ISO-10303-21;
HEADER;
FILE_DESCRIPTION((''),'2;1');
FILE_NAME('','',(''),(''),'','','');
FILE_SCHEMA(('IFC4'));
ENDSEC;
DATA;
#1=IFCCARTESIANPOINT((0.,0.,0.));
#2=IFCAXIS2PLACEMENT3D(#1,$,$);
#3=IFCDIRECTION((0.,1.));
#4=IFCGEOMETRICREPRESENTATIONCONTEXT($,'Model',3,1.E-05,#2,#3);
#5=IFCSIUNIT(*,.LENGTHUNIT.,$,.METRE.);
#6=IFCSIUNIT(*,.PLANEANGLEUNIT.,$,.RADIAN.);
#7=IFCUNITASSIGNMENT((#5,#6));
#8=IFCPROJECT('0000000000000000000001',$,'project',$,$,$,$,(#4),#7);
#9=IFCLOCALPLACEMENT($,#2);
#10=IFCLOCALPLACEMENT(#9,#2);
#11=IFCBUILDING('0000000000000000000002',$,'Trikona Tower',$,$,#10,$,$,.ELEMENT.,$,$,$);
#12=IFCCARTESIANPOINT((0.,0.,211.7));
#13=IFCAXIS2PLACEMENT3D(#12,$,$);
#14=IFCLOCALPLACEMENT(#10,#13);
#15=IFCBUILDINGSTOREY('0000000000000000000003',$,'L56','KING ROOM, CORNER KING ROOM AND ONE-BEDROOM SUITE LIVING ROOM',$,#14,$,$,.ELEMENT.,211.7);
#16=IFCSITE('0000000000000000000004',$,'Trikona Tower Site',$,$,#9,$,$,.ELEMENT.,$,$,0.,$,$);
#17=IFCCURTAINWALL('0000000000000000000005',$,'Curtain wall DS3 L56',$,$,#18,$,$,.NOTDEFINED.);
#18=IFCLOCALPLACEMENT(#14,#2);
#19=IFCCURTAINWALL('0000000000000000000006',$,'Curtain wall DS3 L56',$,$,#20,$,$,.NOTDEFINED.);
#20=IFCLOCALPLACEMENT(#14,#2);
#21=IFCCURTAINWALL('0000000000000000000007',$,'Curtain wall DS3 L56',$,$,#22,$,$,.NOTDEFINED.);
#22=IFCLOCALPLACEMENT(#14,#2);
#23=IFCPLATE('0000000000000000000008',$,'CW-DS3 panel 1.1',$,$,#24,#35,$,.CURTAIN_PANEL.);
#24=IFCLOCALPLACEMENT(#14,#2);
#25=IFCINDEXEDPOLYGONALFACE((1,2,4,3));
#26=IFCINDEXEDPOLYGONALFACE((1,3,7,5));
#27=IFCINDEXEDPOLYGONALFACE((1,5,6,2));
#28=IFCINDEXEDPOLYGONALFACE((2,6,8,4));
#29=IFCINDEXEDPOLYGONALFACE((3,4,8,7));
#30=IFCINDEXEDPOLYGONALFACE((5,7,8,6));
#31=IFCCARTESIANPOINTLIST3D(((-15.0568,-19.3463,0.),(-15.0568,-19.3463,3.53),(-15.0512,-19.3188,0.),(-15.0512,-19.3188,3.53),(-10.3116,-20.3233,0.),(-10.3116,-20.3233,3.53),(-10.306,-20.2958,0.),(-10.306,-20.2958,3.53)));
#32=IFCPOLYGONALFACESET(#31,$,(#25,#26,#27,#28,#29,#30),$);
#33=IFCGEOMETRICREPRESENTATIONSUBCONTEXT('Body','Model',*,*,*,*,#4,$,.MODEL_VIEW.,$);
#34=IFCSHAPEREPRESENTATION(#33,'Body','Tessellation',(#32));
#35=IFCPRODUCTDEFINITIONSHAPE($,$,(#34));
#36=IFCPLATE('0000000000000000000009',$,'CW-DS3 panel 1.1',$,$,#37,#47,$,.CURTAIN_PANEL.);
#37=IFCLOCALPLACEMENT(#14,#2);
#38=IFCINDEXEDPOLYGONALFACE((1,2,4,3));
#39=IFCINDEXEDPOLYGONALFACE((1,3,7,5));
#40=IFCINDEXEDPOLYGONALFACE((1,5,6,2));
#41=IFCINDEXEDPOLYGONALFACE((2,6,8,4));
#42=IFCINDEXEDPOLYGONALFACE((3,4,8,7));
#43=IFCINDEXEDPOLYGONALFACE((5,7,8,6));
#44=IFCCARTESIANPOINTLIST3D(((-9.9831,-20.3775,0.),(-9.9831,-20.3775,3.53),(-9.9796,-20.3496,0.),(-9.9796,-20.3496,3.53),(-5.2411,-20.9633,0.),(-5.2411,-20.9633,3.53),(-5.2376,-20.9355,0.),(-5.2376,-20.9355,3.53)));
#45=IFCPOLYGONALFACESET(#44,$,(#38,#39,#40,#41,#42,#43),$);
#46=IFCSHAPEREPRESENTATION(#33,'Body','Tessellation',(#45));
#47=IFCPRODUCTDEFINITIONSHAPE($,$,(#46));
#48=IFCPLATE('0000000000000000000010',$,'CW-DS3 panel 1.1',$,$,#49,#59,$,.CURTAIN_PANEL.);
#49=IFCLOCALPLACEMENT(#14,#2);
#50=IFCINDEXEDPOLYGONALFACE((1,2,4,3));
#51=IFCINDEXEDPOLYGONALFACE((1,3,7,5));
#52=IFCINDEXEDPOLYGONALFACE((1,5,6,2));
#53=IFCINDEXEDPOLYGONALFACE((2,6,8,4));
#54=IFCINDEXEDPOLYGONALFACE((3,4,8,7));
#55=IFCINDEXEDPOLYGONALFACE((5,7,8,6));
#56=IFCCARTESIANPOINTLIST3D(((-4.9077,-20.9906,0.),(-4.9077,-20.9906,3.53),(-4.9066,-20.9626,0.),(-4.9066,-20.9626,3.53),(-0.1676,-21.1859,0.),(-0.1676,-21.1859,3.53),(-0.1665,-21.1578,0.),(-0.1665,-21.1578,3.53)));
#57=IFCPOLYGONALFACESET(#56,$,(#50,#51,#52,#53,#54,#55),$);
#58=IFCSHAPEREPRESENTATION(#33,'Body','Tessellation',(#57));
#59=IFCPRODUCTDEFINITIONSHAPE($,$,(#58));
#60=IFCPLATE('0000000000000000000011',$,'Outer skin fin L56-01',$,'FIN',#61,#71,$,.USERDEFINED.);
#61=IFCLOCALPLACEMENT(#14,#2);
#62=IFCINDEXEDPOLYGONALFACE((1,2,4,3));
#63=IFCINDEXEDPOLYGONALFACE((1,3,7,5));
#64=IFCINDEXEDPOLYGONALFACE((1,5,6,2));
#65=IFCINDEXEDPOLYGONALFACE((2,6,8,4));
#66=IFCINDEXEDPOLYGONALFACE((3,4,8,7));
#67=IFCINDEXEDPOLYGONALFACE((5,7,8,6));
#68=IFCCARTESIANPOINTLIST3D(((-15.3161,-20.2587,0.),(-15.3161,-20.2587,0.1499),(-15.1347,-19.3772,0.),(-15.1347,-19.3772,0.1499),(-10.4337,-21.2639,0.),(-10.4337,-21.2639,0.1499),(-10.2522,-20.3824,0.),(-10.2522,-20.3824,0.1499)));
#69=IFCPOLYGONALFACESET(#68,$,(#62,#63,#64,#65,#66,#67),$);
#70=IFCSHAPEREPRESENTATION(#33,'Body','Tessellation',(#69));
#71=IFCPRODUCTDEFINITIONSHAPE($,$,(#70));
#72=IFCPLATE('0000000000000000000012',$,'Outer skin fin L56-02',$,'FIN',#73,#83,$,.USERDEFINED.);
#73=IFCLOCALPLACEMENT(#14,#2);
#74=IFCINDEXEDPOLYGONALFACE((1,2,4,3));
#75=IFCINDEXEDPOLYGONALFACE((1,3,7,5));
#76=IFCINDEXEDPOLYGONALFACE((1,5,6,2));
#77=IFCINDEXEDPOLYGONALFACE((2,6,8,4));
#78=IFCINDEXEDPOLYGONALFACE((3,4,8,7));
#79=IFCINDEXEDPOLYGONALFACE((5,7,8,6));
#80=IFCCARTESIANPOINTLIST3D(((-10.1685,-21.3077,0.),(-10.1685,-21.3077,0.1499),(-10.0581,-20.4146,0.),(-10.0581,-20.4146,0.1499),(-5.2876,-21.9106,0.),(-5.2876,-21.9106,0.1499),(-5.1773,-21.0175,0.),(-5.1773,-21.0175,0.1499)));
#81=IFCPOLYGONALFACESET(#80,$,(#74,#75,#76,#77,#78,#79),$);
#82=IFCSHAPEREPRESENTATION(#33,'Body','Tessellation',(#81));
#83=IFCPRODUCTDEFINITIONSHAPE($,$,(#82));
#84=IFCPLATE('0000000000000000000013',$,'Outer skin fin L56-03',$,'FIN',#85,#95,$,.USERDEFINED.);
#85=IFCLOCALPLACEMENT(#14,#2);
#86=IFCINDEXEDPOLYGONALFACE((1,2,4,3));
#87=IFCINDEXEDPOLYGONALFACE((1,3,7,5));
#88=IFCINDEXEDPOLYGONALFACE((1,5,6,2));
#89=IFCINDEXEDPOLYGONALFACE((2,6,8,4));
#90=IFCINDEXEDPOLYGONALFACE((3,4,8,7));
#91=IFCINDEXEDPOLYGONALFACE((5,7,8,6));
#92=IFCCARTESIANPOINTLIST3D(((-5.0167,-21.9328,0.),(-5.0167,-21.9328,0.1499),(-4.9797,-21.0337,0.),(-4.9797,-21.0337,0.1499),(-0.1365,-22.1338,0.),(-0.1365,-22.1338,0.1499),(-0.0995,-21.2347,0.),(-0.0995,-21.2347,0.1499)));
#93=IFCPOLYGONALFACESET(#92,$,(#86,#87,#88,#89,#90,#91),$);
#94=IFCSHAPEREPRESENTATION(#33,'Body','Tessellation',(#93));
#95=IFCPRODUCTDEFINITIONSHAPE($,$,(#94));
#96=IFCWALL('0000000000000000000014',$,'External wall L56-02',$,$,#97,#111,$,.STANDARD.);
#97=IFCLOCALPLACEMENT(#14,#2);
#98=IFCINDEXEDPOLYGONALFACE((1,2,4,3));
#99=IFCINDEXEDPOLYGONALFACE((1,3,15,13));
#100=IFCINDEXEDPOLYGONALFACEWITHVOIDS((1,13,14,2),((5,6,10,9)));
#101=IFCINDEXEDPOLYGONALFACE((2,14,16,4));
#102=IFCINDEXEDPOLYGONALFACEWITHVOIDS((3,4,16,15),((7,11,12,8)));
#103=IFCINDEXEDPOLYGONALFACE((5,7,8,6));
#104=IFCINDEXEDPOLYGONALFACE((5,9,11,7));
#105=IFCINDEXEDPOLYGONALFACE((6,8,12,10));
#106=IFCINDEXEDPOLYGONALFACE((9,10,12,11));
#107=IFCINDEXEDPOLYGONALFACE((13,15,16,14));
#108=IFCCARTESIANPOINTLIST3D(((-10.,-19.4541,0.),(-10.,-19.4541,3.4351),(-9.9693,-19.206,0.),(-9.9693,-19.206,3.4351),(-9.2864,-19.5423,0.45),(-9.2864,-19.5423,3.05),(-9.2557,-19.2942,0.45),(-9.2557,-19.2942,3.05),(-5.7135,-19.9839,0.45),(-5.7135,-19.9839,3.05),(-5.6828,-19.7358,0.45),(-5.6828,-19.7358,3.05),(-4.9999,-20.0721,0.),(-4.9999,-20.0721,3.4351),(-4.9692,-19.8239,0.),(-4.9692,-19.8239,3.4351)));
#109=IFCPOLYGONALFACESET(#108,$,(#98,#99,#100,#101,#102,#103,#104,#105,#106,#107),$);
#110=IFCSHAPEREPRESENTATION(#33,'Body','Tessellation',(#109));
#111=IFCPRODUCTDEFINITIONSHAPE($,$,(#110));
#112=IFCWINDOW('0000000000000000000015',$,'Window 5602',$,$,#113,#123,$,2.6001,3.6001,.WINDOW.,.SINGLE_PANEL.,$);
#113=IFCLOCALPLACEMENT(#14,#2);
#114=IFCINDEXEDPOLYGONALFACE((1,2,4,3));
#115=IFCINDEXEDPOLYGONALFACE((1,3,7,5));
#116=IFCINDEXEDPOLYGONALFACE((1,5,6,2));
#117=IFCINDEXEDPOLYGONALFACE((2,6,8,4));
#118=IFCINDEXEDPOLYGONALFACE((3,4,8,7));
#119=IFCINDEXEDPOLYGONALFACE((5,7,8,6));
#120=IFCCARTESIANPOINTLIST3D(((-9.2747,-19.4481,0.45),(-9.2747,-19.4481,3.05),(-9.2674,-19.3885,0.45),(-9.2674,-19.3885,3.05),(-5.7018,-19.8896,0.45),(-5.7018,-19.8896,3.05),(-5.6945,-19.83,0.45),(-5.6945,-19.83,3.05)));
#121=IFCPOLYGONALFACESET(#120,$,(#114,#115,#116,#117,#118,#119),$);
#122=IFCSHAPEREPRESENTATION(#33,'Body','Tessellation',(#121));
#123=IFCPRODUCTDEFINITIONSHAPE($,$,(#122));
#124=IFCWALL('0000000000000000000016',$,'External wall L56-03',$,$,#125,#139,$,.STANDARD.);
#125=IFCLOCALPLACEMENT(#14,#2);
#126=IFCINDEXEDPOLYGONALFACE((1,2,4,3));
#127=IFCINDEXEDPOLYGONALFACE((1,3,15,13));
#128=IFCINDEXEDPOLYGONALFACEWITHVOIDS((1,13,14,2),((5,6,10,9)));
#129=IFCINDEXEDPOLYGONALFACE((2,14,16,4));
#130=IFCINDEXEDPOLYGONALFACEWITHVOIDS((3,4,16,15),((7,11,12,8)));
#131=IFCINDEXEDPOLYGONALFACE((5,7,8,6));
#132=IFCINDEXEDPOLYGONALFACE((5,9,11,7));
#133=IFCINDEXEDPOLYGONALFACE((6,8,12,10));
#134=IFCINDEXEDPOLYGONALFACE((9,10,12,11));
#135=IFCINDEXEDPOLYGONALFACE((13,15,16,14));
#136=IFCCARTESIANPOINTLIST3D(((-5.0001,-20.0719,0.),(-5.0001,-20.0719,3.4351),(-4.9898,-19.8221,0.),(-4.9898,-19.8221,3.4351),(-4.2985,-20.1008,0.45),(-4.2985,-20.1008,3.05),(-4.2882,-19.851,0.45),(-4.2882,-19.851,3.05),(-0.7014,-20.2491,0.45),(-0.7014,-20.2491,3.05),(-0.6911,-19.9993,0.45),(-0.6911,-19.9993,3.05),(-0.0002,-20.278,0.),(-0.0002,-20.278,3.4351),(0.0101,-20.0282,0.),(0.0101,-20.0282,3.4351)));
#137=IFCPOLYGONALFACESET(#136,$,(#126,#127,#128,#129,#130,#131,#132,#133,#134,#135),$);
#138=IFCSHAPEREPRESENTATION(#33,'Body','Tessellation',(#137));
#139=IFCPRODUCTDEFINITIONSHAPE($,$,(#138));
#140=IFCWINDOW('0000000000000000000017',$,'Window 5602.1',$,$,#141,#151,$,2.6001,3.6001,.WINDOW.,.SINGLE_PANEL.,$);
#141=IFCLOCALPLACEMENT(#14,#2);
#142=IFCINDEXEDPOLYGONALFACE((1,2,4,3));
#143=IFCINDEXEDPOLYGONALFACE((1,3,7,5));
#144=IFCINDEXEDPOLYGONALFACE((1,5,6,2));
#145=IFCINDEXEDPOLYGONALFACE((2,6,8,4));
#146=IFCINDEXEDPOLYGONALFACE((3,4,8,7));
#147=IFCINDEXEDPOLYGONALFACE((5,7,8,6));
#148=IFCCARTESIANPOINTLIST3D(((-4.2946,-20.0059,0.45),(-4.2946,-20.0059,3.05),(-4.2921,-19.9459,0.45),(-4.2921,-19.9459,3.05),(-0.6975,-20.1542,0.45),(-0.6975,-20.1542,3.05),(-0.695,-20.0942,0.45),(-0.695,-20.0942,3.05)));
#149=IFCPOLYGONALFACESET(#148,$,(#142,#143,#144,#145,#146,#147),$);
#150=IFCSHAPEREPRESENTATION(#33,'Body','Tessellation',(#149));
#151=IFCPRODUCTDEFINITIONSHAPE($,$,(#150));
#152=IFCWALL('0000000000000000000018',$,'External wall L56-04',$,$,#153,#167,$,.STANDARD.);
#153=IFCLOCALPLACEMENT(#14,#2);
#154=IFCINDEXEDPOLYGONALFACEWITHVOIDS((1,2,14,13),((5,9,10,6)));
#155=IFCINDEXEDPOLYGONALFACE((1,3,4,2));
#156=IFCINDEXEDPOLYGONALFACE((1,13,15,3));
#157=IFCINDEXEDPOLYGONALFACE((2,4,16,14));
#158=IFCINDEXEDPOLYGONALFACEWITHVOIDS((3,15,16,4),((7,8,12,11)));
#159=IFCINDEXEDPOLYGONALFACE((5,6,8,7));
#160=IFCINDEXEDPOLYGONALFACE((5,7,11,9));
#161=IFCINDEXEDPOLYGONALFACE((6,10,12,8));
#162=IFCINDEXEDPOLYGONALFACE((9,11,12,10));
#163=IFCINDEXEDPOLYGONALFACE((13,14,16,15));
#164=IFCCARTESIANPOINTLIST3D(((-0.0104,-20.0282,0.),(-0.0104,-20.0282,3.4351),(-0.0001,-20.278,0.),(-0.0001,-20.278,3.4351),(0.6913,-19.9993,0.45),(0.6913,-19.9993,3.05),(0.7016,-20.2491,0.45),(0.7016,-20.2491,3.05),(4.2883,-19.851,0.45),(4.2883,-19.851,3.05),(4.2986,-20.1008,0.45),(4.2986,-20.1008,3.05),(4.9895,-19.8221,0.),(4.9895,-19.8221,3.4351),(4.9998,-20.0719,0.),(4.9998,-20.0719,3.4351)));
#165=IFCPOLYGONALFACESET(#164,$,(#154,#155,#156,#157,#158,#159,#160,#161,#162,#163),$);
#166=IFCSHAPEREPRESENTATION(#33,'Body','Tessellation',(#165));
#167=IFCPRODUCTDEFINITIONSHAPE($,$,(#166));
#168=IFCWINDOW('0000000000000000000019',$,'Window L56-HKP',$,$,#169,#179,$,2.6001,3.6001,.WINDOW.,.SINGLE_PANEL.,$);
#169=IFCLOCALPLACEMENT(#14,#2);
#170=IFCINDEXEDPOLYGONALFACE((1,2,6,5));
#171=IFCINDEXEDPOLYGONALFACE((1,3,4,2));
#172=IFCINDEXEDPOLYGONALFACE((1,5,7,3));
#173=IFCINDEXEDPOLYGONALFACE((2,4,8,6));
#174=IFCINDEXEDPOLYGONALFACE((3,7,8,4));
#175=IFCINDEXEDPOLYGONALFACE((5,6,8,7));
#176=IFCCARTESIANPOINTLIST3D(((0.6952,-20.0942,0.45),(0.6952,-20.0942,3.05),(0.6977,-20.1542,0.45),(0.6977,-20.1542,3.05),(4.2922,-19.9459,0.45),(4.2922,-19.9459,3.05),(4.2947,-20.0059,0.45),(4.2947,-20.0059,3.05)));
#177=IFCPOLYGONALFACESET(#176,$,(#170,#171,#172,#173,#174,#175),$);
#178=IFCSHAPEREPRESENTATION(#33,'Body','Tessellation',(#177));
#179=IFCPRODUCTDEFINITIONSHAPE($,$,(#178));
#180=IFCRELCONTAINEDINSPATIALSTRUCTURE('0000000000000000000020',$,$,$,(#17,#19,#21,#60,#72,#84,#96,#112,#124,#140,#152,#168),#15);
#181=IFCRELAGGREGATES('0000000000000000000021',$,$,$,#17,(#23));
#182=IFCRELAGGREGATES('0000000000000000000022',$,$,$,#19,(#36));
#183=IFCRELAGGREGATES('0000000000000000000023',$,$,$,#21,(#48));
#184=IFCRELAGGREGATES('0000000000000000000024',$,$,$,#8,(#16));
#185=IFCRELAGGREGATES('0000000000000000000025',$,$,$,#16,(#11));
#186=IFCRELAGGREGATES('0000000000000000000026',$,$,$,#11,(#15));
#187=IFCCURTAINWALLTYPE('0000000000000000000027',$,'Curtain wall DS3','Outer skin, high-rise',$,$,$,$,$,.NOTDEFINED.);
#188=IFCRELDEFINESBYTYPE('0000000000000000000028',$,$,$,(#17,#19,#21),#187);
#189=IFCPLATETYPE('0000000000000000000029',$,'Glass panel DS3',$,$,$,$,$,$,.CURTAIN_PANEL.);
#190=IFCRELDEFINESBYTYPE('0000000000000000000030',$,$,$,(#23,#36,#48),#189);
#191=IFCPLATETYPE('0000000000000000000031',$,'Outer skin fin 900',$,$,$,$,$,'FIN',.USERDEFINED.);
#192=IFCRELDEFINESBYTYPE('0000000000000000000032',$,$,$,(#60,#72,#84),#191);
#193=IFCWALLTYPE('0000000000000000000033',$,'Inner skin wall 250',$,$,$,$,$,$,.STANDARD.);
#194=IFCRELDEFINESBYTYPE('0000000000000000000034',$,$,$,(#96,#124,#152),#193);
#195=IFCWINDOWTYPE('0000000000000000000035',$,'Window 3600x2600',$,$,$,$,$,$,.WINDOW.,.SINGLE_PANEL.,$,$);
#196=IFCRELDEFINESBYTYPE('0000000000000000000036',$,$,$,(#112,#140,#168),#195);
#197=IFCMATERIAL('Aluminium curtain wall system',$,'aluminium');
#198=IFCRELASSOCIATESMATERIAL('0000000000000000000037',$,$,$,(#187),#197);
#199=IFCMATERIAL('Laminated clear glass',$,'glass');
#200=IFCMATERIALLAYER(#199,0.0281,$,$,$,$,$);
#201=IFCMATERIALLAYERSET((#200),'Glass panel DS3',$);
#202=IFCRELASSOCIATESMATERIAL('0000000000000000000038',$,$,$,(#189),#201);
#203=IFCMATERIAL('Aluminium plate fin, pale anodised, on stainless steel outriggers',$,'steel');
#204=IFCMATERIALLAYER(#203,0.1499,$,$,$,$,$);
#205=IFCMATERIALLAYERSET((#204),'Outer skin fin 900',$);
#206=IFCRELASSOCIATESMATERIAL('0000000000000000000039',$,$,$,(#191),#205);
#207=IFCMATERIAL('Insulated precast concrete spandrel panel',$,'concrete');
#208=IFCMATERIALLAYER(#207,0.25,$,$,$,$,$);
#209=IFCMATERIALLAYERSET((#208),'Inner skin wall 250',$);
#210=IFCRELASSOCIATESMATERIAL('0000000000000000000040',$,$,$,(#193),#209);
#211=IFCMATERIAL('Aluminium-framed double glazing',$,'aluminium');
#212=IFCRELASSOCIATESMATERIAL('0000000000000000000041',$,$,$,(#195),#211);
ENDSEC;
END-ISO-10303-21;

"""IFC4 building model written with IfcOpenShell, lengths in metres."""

from ifc_helpers import new_model, si_unit, direction, frame, frame_2d, origin, origin_2d, place, context, subcontext, project, spatial, rectangle, extrude, material, layer, layer_set, type_object, element, fill, aggregate, save


model = new_model("IFC4")

# Units and contexts
model_context = context("Model", 3, precision=1e-05, world=origin(), true_north=direction((0.0, 1.0)))
body_context = subcontext(model_context, "Body", "Model", "MODEL_VIEW")
ifc_project = project(units=[si_unit("LENGTHUNIT", "METRE"), si_unit("PLANEANGLEUNIT", "RADIAN")], contexts=[model_context])

# Site, building, storey
site_placement = place(None, origin())
site = spatial("IfcSite", under=ifc_project, at=site_placement, Name="Trikona Tower Site", CompositionType="ELEMENT", RefElevation=0.0)
building_placement = place(site_placement, origin())
building = spatial("IfcBuilding", under=site, at=building_placement, Name="Trikona Tower", CompositionType="ELEMENT")
storey_placement = place(building_placement, frame((0.0, 0.0, 211.7)))
storey = spatial("IfcBuildingStorey", under=building, at=storey_placement, Name="L56", Description="KING ROOM, CORNER KING ROOM AND ONE-BEDROOM SUITE LIVING ROOM", CompositionType="ELEMENT", Elevation=211.7)

# Curtain wall
ifc_material_1 = material(Name="Aluminium curtain wall system", Category="aluminium")
curtain_wall_type = type_object("IfcCurtainWallType", Name="Curtain wall DS3", Description="Outer skin, high-rise", PredefinedType="NOTDEFINED", material=ifc_material_1)
curtain_wall_1_placement = place(storey_placement, origin())
curtain_wall_1 = element("IfcCurtainWall", 1, at=curtain_wall_1_placement, inside=storey, type_object=curtain_wall_type, Name="Curtain wall DS3 L56", PredefinedType="NOTDEFINED")

# Curtain walls
curtain_wall_2_placement = place(storey_placement, origin())
curtain_wall_2 = element("IfcCurtainWall", 2, at=curtain_wall_2_placement, inside=storey, type_object=curtain_wall_type, Name="Curtain wall DS3 L56", PredefinedType="NOTDEFINED")
curtain_wall_3_placement = place(storey_placement, origin())
curtain_wall_3 = element("IfcCurtainWall", 3, at=curtain_wall_3_placement, inside=storey, type_object=curtain_wall_type, Name="Curtain wall DS3 L56", PredefinedType="NOTDEFINED")

# Plates
ifc_material_2 = material(Name="Laminated clear glass", Category="glass")
ifc_layer_1 = layer(ifc_material_2, 0.0281)
ifc_layer_set_1 = layer_set([ifc_layer_1], Name="Glass panel DS3")
plate_type_1 = type_object("IfcPlateType", Name="Glass panel DS3", PredefinedType="CURTAIN_PANEL", material=ifc_layer_set_1)
plate_1_placement = place(storey_placement, frame((-12.6814, -19.821, 0.0), z_axis=(0.0, 0.0, 1.0), x_axis=(0.979457, -0.201653, 0.0)))
plate_1 = element("IfcPlate", 4, at=plate_1_placement, type_object=plate_type_1, Name="CW-DS3 panel 1.1", PredefinedType="CURTAIN_PANEL", context=body_context, shape_type="SweptSolid", body=[
    extrude(rectangle(XDim=4.8447, YDim=0.0281, at=origin_2d()), origin(), (0.0, 0.0, 1.0), 3.53),
])
aggregate(curtain_wall_1, [plate_1])
plate_2_placement = place(storey_placement, frame((-7.6104, -20.6565, 0.0), z_axis=(0.0, 0.0, 1.0), x_axis=(0.992455, -0.122611, 0.0)))
plate_2 = element("IfcPlate", 5, at=plate_2_placement, type_object=plate_type_1, Name="CW-DS3 panel 1.1", PredefinedType="CURTAIN_PANEL", context=body_context, shape_type="SweptSolid", body=[
    extrude(rectangle(XDim=4.7781, YDim=0.0281, at=origin_2d()), origin(), (0.0, 0.0, 1.0), 3.53),
])
aggregate(curtain_wall_2, [plate_2])
plate_3_placement = place(storey_placement, frame((-2.5371, -21.0742, 0.0), z_axis=(0.0, 0.0, 1.0), x_axis=(0.999153, -0.041153, 0.0)))
plate_3 = element("IfcPlate", 6, at=plate_3_placement, type_object=plate_type_1, Name="CW-DS3 panel 1.1", PredefinedType="CURTAIN_PANEL", context=body_context, shape_type="SweptSolid", body=[
    extrude(rectangle(XDim=4.7441, YDim=0.0281, at=origin_2d()), origin(), (0.0, 0.0, 1.0), 3.53),
])
aggregate(curtain_wall_3, [plate_3])

# Plates
ifc_material_3 = material(Name="Aluminium plate fin, pale anodised, on stainless steel outriggers", Category="steel")
ifc_layer_2 = layer(ifc_material_3, 0.1499)
ifc_layer_set_2 = layer_set([ifc_layer_2], Name="Outer skin fin 900")
plate_type_2 = type_object("IfcPlateType", Name="Outer skin fin 900", ElementType="FIN", PredefinedType="USERDEFINED", material=ifc_layer_set_2)
plate_4_placement = place(storey_placement, frame((-12.7842, -20.3206, 0.0), z_axis=(0.0, 0.0, 1.0), x_axis=(0.979458, -0.201651, 0.0)))
element("IfcPlate", 7, at=plate_4_placement, inside=storey, type_object=plate_type_2, Name="Outer skin fin L56-01", ObjectType="FIN", PredefinedType="USERDEFINED", context=body_context, shape_type="SweptSolid", body=[
    extrude(rectangle(XDim=4.9849, YDim=0.8999, at=origin_2d()), origin(), (0.0, 0.0, 1.0), 0.1499),
])
plate_5_placement = place(storey_placement, frame((-7.6729, -21.1626, 0.0), z_axis=(0.0, 0.0, 1.0), x_axis=(0.992455, -0.122607, 0.0)))
element("IfcPlate", 8, at=plate_5_placement, inside=storey, type_object=plate_type_2, Name="Outer skin fin L56-02", ObjectType="FIN", PredefinedType="USERDEFINED", context=body_context, shape_type="SweptSolid", body=[
    extrude(rectangle(XDim=4.918, YDim=0.8999, at=origin_2d()), origin(), (0.0, 0.0, 1.0), 0.1499),
])
plate_6_placement = place(storey_placement, frame((-2.5581, -21.5837, 0.0), z_axis=(0.0, 0.0, 1.0), x_axis=(0.999153, -0.041145, 0.0)))
element("IfcPlate", 9, at=plate_6_placement, inside=storey, type_object=plate_type_2, Name="Outer skin fin L56-03", ObjectType="FIN", PredefinedType="USERDEFINED", context=body_context, shape_type="SweptSolid", body=[
    extrude(rectangle(XDim=4.8843, YDim=0.8999, at=origin_2d()), origin(), (0.0, 0.0, 1.0), 0.1499),
])

# Walls, openings, windows
ifc_material_4 = material(Name="Insulated precast concrete spandrel panel", Category="concrete")
ifc_layer_3 = layer(ifc_material_4, 0.25)
ifc_layer_set_3 = layer_set([ifc_layer_3], Name="Inner skin wall 250")
wall_type = type_object("IfcWallType", Name="Inner skin wall 250", PredefinedType="STANDARD", material=ifc_layer_set_3)
wall_1_placement = place(storey_placement, frame((-9.9846, -19.3301, 0.0), z_axis=(0.0, 0.0, 1.0), x_axis=(0.99245, -0.122651, 0.0)))
wall_1 = element("IfcWall", 10, at=wall_1_placement, inside=storey, type_object=wall_type, Name="External wall L56-02", PredefinedType="STANDARD", context=body_context, shape_type="SweptSolid", body=[
    extrude(rectangle(XDim=5.0381, YDim=0.25, at=frame_2d((2.519, 0.0))), origin(), (0.0, 0.0, 1.0), 3.4351),
])
opening_1_placement = place(wall_1_placement, frame((0.719, 0.0, 0.45)))
opening_1 = element("IfcOpeningElement", 11, at=opening_1_placement, cuts=wall_1, PredefinedType="OPENING", context=body_context, shape_type="SweptSolid", body=[
    extrude(rectangle(XDim=3.6001, YDim=2.6001, at=frame_2d((1.8, 1.3))), frame((0.0, 0.135, 0.0), z_axis=(0.0, -1.0, 0.0), x_axis=(1.0, 0.0, 0.0)), (0.0, 0.0, 1.0), 0.27),
])
ifc_material_5 = material(Name="Aluminium-framed double glazing", Category="aluminium")
window_type = type_object("IfcWindowType", Name="Window 3600x2600", PartitioningType="SINGLE_PANEL", PredefinedType="WINDOW", material=ifc_material_5)
window_1_placement = place(opening_1_placement, origin())
window_1 = element("IfcWindow", 12, at=window_1_placement, inside=storey, type_object=window_type, Name="Window 5602", OverallHeight=2.6001, OverallWidth=3.6001, PartitioningType="SINGLE_PANEL", PredefinedType="WINDOW", context=body_context, shape_type="SweptSolid", body=[
    extrude(rectangle(XDim=3.6001, YDim=2.6001, at=frame_2d((1.8, 1.3))), frame((0.0, 0.03, 0.0), z_axis=(0.0, -1.0, 0.0), x_axis=(1.0, 0.0, 0.0)), (0.0, 0.0, 1.0), 0.0601),
])
fill(opening_1, window_1)
wall_2_placement = place(storey_placement, frame((-4.9949, -19.947, 0.0), z_axis=(0.0, 0.0, 1.0), x_axis=(0.999152, -0.041176, 0.0)))
wall_2 = element("IfcWall", 13, at=wall_2_placement, inside=storey, type_object=wall_type, Name="External wall L56-03", PredefinedType="STANDARD", context=body_context, shape_type="SweptSolid", body=[
    extrude(rectangle(XDim=5.0042, YDim=0.25, at=frame_2d((2.502, 0.0))), origin(), (0.0, 0.0, 1.0), 3.4351),
])
opening_2_placement = place(wall_2_placement, frame((0.7021, 0.0, 0.45)))
opening_2 = element("IfcOpeningElement", 14, at=opening_2_placement, cuts=wall_2, PredefinedType="OPENING", context=body_context, shape_type="SweptSolid", body=[
    extrude(rectangle(XDim=3.6001, YDim=2.6001, at=frame_2d((1.8, 1.3))), frame((0.0, 0.135, 0.0), z_axis=(0.0, -1.0, 0.0), x_axis=(1.0, 0.0, 0.0)), (0.0, 0.0, 1.0), 0.27),
])
window_2_placement = place(opening_2_placement, origin())
window_2 = element("IfcWindow", 15, at=window_2_placement, inside=storey, type_object=window_type, Name="Window 5602.1", OverallHeight=2.6001, OverallWidth=3.6001, PartitioningType="SINGLE_PANEL", PredefinedType="WINDOW", context=body_context, shape_type="SweptSolid", body=[
    extrude(rectangle(XDim=3.6001, YDim=2.6001, at=frame_2d((1.8, 1.3))), frame((0.0, 0.03, 0.0), z_axis=(0.0, -1.0, 0.0), x_axis=(1.0, 0.0, 0.0)), (0.0, 0.0, 1.0), 0.0601),
])
fill(opening_2, window_2)
wall_3_placement = place(storey_placement, frame((-0.0051, -20.1531, 0.0), z_axis=(0.0, 0.0, 1.0), x_axis=(0.999152, 0.041176, 0.0)))
wall_3 = element("IfcWall", 16, at=wall_3_placement, inside=storey, type_object=wall_type, Name="External wall L56-04", PredefinedType="STANDARD", context=body_context, shape_type="SweptSolid", body=[
    extrude(rectangle(XDim=5.0042, YDim=0.25, at=frame_2d((2.502, 0.0))), origin(), (0.0, 0.0, 1.0), 3.4351),
])
opening_3_placement = place(wall_3_placement, frame((0.7021, 0.0, 0.45)))
opening_3 = element("IfcOpeningElement", 17, at=opening_3_placement, cuts=wall_3, PredefinedType="OPENING", context=body_context, shape_type="SweptSolid", body=[
    extrude(rectangle(XDim=3.6001, YDim=2.6001, at=frame_2d((1.8, 1.3))), frame((0.0, 0.135, 0.0), z_axis=(0.0, -1.0, 0.0), x_axis=(1.0, 0.0, 0.0)), (0.0, 0.0, 1.0), 0.27),
])
window_3_placement = place(opening_3_placement, origin())
window_3 = element("IfcWindow", 18, at=window_3_placement, inside=storey, type_object=window_type, Name="Window L56-HKP", OverallHeight=2.6001, OverallWidth=3.6001, PartitioningType="SINGLE_PANEL", PredefinedType="WINDOW", context=body_context, shape_type="SweptSolid", body=[
    extrude(rectangle(XDim=3.6001, YDim=2.6001, at=frame_2d((1.8, 1.3))), frame((0.0, 0.03, 0.0), z_axis=(0.0, -1.0, 0.0), x_axis=(1.0, 0.0, 0.0)), (0.0, 0.0, 1.0), 0.0601),
])
fill(opening_3, window_3)

save(model, "model.ifc")
